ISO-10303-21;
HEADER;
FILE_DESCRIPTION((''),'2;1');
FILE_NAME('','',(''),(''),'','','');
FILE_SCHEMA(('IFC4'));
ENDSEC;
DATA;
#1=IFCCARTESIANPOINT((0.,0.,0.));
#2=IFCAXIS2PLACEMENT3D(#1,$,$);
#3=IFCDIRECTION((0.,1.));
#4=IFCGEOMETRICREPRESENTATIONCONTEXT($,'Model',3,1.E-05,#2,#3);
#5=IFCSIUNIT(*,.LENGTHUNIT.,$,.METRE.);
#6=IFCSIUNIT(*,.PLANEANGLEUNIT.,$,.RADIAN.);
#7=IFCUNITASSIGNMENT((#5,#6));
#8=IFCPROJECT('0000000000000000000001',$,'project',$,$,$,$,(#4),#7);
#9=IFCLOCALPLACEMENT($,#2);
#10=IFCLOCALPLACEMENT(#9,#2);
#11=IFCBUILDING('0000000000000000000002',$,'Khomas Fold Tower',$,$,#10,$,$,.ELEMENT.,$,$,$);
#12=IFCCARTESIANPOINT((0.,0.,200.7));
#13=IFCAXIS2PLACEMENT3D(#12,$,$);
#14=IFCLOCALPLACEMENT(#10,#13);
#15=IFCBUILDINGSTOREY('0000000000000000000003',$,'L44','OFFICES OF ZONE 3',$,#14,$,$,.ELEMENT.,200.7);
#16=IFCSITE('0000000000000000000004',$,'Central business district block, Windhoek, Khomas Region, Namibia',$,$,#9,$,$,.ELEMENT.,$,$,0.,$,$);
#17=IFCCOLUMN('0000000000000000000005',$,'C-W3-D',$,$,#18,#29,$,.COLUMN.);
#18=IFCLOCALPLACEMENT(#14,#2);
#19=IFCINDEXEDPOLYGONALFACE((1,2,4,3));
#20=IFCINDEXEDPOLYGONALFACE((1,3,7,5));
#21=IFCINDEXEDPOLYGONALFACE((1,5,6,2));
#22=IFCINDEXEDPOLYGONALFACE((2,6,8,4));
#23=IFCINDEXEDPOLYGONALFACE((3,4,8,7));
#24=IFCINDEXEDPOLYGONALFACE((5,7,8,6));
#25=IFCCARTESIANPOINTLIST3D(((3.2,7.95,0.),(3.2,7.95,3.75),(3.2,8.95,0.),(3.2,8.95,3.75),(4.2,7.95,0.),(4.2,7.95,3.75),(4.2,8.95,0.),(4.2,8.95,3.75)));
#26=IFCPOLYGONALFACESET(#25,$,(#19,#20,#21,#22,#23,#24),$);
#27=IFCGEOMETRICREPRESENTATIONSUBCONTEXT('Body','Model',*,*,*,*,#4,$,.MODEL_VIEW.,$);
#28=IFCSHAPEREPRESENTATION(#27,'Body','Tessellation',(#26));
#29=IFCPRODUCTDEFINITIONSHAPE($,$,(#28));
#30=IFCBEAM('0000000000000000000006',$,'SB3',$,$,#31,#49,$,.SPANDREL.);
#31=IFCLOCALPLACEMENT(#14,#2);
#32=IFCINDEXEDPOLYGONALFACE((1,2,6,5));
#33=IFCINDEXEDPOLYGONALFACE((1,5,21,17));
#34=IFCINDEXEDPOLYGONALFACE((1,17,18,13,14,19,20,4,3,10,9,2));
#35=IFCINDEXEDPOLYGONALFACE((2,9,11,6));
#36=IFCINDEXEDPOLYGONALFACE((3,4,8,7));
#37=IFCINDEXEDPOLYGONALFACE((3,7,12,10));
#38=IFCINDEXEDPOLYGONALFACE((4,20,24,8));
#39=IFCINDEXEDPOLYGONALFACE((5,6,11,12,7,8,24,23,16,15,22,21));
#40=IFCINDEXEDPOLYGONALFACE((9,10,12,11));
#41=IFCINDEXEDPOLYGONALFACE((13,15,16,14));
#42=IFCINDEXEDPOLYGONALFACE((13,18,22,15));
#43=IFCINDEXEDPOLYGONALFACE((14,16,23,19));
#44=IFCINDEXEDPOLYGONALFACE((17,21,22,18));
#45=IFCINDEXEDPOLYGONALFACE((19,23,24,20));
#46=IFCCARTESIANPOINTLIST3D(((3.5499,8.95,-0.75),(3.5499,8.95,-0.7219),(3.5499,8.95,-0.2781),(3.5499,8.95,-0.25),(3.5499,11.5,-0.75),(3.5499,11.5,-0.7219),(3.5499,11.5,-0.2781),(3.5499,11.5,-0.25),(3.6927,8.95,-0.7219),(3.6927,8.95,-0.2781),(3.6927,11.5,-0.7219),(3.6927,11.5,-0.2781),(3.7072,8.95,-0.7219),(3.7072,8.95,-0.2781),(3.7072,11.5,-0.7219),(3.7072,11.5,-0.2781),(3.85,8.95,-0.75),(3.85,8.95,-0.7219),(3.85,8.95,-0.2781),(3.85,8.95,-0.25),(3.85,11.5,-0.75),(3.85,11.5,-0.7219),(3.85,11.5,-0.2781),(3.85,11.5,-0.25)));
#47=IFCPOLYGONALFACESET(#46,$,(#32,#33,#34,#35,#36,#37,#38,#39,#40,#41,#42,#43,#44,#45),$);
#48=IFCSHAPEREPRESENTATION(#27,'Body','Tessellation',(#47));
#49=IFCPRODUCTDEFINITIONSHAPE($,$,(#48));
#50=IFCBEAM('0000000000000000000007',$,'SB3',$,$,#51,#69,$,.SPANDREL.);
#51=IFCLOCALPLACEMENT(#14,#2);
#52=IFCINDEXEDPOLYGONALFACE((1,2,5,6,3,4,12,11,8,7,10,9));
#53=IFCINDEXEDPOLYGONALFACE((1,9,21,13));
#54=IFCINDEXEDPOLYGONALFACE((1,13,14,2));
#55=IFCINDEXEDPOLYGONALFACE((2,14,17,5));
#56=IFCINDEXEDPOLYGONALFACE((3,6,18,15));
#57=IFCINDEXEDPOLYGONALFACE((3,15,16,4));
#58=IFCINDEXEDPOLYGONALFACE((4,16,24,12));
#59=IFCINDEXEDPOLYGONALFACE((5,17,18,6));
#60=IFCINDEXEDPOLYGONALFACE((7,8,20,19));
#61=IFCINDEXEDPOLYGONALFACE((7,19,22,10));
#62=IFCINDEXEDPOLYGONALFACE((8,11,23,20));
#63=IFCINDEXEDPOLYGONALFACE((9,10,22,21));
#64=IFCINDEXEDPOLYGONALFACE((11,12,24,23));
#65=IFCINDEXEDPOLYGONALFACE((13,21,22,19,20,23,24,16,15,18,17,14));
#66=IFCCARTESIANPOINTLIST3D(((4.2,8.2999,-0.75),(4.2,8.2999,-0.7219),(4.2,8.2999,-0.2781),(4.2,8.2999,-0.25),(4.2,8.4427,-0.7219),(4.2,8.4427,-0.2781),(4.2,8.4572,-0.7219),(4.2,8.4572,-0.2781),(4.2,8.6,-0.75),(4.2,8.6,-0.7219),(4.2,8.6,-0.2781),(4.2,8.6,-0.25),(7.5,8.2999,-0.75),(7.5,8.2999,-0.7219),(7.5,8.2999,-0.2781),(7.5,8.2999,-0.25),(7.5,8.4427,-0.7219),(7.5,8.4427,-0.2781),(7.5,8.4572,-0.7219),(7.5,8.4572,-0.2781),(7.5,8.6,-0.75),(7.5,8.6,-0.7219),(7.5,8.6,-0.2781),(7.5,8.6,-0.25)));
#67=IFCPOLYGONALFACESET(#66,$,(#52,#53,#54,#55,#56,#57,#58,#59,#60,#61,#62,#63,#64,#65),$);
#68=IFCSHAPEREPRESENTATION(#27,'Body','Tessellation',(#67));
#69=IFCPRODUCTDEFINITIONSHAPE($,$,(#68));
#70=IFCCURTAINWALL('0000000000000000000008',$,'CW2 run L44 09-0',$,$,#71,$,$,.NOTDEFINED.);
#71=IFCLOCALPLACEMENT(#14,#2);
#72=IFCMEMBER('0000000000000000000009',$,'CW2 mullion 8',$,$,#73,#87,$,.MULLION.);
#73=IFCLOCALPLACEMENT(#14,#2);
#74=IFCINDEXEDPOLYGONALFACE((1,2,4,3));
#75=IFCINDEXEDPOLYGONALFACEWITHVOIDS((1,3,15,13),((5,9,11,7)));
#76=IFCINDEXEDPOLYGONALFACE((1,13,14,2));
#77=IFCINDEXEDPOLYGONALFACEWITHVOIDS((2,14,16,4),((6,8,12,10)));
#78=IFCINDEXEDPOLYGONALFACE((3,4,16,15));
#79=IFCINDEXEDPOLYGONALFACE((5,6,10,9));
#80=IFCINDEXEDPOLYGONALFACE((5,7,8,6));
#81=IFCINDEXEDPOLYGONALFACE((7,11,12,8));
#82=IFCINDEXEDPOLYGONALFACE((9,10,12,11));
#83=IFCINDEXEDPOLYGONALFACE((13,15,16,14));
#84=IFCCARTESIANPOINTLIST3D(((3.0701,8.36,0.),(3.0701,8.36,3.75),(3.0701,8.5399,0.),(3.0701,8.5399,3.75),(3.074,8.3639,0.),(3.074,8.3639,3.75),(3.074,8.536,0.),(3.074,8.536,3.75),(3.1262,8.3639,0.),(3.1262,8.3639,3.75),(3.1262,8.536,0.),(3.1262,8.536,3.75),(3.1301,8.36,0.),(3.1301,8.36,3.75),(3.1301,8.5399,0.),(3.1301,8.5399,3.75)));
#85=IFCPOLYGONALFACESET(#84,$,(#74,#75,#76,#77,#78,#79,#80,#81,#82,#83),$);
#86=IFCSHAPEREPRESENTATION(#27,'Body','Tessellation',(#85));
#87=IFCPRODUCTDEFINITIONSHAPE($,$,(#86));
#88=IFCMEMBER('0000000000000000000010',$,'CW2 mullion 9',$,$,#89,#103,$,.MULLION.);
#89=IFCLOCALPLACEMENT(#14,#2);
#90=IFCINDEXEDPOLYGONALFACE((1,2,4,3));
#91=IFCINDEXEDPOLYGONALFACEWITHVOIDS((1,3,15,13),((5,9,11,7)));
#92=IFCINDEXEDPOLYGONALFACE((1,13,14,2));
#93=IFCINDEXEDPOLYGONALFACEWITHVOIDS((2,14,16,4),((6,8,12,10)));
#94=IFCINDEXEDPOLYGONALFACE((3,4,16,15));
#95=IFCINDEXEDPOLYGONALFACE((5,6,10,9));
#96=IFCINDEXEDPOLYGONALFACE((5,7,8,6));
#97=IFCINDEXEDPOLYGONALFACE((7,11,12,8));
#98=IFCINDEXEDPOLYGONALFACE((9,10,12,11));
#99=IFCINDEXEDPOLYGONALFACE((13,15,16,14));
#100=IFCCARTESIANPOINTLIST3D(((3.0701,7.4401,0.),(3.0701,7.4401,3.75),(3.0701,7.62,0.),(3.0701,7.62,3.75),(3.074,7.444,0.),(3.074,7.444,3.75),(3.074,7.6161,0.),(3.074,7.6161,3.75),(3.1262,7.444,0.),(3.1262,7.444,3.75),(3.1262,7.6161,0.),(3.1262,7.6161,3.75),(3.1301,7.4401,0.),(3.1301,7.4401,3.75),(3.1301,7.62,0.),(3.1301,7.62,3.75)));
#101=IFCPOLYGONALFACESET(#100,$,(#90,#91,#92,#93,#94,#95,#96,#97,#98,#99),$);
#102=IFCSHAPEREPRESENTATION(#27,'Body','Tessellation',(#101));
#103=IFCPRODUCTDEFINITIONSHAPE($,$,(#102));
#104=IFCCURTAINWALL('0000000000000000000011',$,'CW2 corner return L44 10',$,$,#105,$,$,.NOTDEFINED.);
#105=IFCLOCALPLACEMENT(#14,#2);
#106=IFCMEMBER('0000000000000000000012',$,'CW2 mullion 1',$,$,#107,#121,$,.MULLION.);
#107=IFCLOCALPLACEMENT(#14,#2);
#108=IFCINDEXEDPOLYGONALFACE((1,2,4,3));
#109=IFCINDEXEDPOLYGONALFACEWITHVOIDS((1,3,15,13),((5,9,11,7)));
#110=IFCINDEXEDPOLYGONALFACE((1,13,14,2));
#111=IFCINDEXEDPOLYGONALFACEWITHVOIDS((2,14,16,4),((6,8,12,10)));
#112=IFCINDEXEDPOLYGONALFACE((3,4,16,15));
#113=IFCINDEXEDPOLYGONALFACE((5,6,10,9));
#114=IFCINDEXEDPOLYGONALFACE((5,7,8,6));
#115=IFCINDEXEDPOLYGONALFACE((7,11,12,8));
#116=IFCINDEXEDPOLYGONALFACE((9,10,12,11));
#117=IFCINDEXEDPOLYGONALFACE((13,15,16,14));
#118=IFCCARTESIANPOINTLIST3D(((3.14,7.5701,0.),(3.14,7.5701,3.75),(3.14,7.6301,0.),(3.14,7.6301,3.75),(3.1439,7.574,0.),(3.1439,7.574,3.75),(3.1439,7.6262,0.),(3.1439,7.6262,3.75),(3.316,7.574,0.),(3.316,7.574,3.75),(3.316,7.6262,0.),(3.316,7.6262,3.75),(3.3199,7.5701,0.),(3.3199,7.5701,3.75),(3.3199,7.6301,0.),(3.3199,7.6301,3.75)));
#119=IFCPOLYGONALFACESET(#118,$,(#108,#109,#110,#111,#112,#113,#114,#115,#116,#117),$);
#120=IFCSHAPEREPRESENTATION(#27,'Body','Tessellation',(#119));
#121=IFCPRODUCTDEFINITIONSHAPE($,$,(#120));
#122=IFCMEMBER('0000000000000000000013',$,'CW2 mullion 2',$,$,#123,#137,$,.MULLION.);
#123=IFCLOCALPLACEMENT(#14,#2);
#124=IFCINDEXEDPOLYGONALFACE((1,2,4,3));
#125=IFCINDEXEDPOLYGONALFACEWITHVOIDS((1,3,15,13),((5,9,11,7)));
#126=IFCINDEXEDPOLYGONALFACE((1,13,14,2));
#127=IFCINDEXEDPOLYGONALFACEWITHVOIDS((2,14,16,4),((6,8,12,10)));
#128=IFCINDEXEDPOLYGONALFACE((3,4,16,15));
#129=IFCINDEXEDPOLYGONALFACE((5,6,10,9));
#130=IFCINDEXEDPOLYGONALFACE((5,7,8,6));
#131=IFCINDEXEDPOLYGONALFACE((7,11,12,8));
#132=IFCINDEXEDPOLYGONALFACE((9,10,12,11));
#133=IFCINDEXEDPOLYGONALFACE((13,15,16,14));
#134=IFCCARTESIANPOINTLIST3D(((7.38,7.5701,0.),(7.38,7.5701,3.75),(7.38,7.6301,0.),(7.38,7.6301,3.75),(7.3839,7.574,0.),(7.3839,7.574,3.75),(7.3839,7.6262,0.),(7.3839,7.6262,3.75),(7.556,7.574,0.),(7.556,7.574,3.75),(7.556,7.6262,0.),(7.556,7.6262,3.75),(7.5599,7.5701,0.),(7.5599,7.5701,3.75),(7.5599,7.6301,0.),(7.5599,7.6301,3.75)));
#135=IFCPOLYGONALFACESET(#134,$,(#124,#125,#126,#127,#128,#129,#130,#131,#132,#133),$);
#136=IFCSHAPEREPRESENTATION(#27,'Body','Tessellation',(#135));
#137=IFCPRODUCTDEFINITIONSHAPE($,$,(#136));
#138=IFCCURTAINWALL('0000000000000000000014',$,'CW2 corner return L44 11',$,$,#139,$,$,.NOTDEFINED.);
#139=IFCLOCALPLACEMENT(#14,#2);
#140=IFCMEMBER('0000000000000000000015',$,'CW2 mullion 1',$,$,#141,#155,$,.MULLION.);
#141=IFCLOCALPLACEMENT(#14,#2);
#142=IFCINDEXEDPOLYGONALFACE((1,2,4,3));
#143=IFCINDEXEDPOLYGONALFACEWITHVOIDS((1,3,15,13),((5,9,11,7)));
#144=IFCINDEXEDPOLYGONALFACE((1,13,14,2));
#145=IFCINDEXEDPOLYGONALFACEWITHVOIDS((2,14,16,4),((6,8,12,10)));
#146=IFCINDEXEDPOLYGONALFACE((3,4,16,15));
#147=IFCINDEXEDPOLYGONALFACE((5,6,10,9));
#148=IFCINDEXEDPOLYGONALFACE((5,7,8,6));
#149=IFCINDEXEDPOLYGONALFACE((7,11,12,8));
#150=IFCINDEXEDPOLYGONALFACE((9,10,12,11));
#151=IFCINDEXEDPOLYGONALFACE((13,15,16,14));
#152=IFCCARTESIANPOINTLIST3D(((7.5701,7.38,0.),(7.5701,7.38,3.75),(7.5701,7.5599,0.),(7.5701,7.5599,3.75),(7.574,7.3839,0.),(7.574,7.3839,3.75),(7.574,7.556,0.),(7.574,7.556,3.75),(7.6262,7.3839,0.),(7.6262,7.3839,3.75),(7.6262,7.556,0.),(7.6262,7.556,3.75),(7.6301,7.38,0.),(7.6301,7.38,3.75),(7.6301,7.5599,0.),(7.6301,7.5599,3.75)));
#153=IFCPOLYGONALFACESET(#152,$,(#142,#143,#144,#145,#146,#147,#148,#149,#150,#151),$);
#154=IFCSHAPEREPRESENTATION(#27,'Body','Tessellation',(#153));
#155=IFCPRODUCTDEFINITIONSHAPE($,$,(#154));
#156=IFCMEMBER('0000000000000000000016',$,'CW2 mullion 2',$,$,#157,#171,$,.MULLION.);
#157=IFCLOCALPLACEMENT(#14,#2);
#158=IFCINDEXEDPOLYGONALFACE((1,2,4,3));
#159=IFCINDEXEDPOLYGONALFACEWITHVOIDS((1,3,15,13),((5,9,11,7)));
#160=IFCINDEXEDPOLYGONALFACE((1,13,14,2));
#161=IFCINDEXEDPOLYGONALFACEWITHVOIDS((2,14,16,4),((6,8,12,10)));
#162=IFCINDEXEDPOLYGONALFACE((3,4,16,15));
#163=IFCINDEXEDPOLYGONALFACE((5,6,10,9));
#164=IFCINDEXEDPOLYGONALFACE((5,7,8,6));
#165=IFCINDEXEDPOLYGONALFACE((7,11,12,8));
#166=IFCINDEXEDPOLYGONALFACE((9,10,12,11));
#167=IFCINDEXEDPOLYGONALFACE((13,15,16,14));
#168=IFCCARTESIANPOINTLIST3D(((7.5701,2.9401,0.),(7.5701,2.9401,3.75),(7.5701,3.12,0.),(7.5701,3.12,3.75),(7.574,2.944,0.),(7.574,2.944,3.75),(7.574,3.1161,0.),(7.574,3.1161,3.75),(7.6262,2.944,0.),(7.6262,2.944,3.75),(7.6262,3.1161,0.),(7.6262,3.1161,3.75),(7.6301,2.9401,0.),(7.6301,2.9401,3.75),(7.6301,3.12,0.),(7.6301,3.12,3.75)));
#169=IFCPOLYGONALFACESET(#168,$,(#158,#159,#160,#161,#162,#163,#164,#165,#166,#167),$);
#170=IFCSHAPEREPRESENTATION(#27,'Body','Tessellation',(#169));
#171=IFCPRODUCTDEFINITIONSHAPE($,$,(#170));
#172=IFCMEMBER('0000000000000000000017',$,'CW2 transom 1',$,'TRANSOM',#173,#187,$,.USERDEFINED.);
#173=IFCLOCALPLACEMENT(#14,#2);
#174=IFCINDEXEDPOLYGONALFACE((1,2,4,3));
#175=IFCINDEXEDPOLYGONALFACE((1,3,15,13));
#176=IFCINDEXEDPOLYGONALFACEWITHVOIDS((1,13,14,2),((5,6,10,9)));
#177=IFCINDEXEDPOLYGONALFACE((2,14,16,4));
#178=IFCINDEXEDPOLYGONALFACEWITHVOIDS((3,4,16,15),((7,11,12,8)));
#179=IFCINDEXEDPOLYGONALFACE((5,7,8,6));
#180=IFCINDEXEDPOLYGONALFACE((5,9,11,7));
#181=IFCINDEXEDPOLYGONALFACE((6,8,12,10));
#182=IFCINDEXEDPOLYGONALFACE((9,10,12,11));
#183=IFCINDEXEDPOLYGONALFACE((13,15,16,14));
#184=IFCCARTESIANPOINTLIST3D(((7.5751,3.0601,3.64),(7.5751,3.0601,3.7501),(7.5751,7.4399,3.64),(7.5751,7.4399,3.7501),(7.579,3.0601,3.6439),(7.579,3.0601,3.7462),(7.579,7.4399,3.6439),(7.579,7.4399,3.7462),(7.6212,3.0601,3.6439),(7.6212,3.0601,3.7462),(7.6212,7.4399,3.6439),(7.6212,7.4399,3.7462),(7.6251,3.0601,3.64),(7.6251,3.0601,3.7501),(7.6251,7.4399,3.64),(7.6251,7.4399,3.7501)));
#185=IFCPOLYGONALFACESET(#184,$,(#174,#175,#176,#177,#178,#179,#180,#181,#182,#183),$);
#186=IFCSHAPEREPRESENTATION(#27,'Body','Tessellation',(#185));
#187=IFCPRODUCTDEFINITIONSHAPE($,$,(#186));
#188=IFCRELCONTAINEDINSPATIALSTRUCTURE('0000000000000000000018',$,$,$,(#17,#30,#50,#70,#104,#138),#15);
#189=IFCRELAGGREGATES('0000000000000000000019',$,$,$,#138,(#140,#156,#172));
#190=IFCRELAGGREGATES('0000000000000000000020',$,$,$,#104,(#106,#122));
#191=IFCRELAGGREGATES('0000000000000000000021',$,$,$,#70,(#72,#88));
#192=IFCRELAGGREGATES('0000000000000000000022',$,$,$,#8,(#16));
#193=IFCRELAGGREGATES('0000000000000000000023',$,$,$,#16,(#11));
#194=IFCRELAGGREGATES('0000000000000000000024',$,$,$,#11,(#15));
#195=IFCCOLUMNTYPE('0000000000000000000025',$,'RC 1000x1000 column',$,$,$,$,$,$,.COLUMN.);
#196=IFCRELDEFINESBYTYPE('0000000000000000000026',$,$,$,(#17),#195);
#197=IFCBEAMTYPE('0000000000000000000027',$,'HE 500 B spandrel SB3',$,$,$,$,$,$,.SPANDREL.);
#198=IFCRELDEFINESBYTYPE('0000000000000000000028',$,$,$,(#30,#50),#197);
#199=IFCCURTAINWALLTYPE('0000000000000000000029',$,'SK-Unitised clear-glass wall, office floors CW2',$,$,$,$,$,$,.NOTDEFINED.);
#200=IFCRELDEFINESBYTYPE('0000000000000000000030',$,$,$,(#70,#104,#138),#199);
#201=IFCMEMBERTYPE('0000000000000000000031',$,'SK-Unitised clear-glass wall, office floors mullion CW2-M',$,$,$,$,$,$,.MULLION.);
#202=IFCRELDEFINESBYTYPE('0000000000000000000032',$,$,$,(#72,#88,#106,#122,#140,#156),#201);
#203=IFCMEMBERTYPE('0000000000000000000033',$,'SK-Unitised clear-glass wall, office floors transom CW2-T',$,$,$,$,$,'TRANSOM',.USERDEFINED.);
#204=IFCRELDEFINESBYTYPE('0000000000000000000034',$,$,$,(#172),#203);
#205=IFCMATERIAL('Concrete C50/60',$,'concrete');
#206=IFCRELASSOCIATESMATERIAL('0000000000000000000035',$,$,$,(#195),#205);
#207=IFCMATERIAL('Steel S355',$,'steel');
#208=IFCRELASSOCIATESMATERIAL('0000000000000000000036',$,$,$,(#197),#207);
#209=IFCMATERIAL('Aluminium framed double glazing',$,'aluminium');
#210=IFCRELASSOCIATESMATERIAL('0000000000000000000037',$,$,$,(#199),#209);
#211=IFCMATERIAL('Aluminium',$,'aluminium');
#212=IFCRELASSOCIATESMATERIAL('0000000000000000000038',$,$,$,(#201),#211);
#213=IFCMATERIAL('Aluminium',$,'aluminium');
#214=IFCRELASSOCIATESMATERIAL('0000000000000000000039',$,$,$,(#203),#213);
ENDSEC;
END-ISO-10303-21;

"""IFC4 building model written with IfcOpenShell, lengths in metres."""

from ifc_helpers import new_model, si_unit, direction, frame, origin, origin_2d, place, context, subcontext, project, spatial, rectangle, hollow_rectangle, i_section, extrude, source, transform, mapped, material, material_profile, profile_set, type_object, element, aggregate, save


model = new_model("IFC4")

# Units and contexts
model_context = context("Model", 3, precision=1e-05, world=origin(), true_north=direction((0.0, 1.0)))
body_context = subcontext(model_context, "Body", "Model", "MODEL_VIEW")
ifc_project = project(units=[si_unit("LENGTHUNIT", "METRE"), si_unit("PLANEANGLEUNIT", "RADIAN")], contexts=[model_context])

# Site, building, storey
site_placement = place(None, origin())
site = spatial("IfcSite", under=ifc_project, at=site_placement, Name="Central business district block, Windhoek, Khomas Region, Namibia", CompositionType="ELEMENT", RefElevation=0.0)
building_placement = place(site_placement, origin())
building = spatial("IfcBuilding", under=site, at=building_placement, Name="Khomas Fold Tower", CompositionType="ELEMENT")
storey_placement = place(building_placement, frame((0.0, 0.0, 200.7)))
storey = spatial("IfcBuildingStorey", under=building, at=storey_placement, Name="L44", Description="OFFICES OF ZONE 3", CompositionType="ELEMENT", Elevation=200.7)

# Column
ifc_material_1 = material(Name="Concrete C50/60", Category="concrete")
ifc_material_profile_1 = material_profile(ifc_material_1, rectangle(XDim=1.0, YDim=1.0, at=origin_2d()), Name="RC 1000x1000")
ifc_profile_set_1 = profile_set([ifc_material_profile_1], Name="Concrete C50/60")
column_type = type_object("IfcColumnType", Name="RC 1000x1000 column", PredefinedType="COLUMN", material=ifc_profile_set_1)
shared_shape_1 = source(origin(), body_context, "Body", "SweptSolid", [
    extrude(rectangle(XDim=1.0, YDim=1.0, at=origin_2d()), origin(), (0.0, 0.0, 1.0), 3.75),
])
column_placement = place(storey_placement, frame((3.7, 8.45, 0.0), z_axis=(0.0, 0.0, 1.0), x_axis=(1.0, 0.0, 0.0)))
element("IfcColumn", 1, at=column_placement, inside=storey, type_object=column_type, Name="C-W3-D", PredefinedType="COLUMN", context=body_context, shape_type="MappedRepresentation", body=[
    mapped(shared_shape_1, transform((0.0, 0.0, 0.0))),
])

# Beams
ifc_material_2 = material(Name="Steel S355", Category="steel")
ifc_material_profile_2 = material_profile(ifc_material_2, i_section(OverallWidth=0.3, OverallDepth=0.5, WebThickness=0.0144, FlangeThickness=0.0281, at=origin_2d()), Name="HE 500 B")
ifc_profile_set_2 = profile_set([ifc_material_profile_2], Name="Steel S355")
beam_type = type_object("IfcBeamType", Name="HE 500 B spandrel SB3", PredefinedType="SPANDREL", material=ifc_profile_set_2)
shared_shape_2 = source(origin(), body_context, "Body", "SweptSolid", [
    extrude(i_section(OverallWidth=0.3, OverallDepth=0.5, WebThickness=0.0144, FlangeThickness=0.0281, at=origin_2d()), origin(), (0.0, 0.0, 1.0), 2.55),
])
beam_1_placement = place(storey_placement, frame((3.7, 8.95, -0.5), z_axis=(0.0, 1.0, 0.0), x_axis=(-1.0, 0.0, 0.0)))
element("IfcBeam", 2, at=beam_1_placement, inside=storey, type_object=beam_type, Name="SB3", PredefinedType="SPANDREL", context=body_context, shape_type="MappedRepresentation", body=[
    mapped(shared_shape_2, transform((0.0, 0.0, 0.0))),
])
shared_shape_3 = source(origin(), body_context, "Body", "SweptSolid", [
    extrude(i_section(OverallWidth=0.3, OverallDepth=0.5, WebThickness=0.0144, FlangeThickness=0.0281, at=origin_2d()), origin(), (0.0, 0.0, 1.0), 3.3),
])
beam_2_placement = place(storey_placement, frame((4.2, 8.45, -0.5), z_axis=(1.0, 0.0, 0.0), x_axis=(0.0, 1.0, 0.0)))
element("IfcBeam", 3, at=beam_2_placement, inside=storey, type_object=beam_type, Name="SB3", PredefinedType="SPANDREL", context=body_context, shape_type="MappedRepresentation", body=[
    mapped(shared_shape_3, transform((0.0, 0.0, 0.0))),
])

# Curtain walls, members
ifc_material_3 = material(Name="Aluminium framed double glazing", Category="aluminium")
curtain_wall_type = type_object("IfcCurtainWallType", Name="SK-Unitised clear-glass wall, office floors CW2", PredefinedType="NOTDEFINED", material=ifc_material_3)
curtain_wall_1_placement = place(storey_placement, origin())
curtain_wall_1 = element("IfcCurtainWall", 4, at=curtain_wall_1_placement, inside=storey, type_object=curtain_wall_type, Name="CW2 run L44 09-0", PredefinedType="NOTDEFINED")
ifc_material_4 = material(Name="Aluminium", Category="aluminium")
ifc_material_profile_3 = material_profile(ifc_material_4, hollow_rectangle(XDim=0.0601, YDim=0.1799, WallThickness=0.0039, at=origin_2d()), Name="SK-Unitised clear-glass wall, office floors mullion CW2-M")
ifc_profile_set_3 = profile_set([ifc_material_profile_3], Name="Aluminium")
member_type_1 = type_object("IfcMemberType", Name="SK-Unitised clear-glass wall, office floors mullion CW2-M", PredefinedType="MULLION", material=ifc_profile_set_3)
shared_shape_4 = source(origin(), body_context, "Body", "SweptSolid", [
    extrude(hollow_rectangle(XDim=0.0601, YDim=0.1799, WallThickness=0.0039, at=origin_2d()), origin(), (0.0, 0.0, 1.0), 3.75),
])
member_1_placement = place(storey_placement, frame((3.1001, 8.45, 0.0), z_axis=(0.0, 0.0, 1.0), x_axis=(1.0, 0.0, 0.0)))
member_1 = element("IfcMember", 5, at=member_1_placement, type_object=member_type_1, Name="CW2 mullion 8", PredefinedType="MULLION", context=body_context, shape_type="MappedRepresentation", body=[
    mapped(shared_shape_4, transform((0.0, 0.0, 0.0))),
])
member_2_placement = place(storey_placement, frame((3.1001, 7.53, 0.0), z_axis=(0.0, 0.0, 1.0), x_axis=(1.0, 0.0, 0.0)))
member_2 = element("IfcMember", 6, at=member_2_placement, type_object=member_type_1, Name="CW2 mullion 9", PredefinedType="MULLION", context=body_context, shape_type="MappedRepresentation", body=[
    mapped(shared_shape_4, transform((0.0, 0.0, 0.0))),
])
curtain_wall_2_placement = place(storey_placement, origin())
curtain_wall_2 = element("IfcCurtainWall", 7, at=curtain_wall_2_placement, inside=storey, type_object=curtain_wall_type, Name="CW2 corner return L44 10", PredefinedType="NOTDEFINED")
member_3_placement = place(storey_placement, frame((3.23, 7.6001, 0.0), z_axis=(0.0, 0.0, 1.0), x_axis=(0.0, 1.0, 0.0)))
member_3 = element("IfcMember", 8, at=member_3_placement, type_object=member_type_1, Name="CW2 mullion 1", PredefinedType="MULLION", context=body_context, shape_type="MappedRepresentation", body=[
    mapped(shared_shape_4, transform((0.0, 0.0, 0.0))),
])
member_4_placement = place(storey_placement, frame((7.47, 7.6001, 0.0), z_axis=(0.0, 0.0, 1.0), x_axis=(0.0, 1.0, 0.0)))
member_4 = element("IfcMember", 9, at=member_4_placement, type_object=member_type_1, Name="CW2 mullion 2", PredefinedType="MULLION", context=body_context, shape_type="MappedRepresentation", body=[
    mapped(shared_shape_4, transform((0.0, 0.0, 0.0))),
])
curtain_wall_3_placement = place(storey_placement, origin())
curtain_wall_3 = element("IfcCurtainWall", 10, at=curtain_wall_3_placement, inside=storey, type_object=curtain_wall_type, Name="CW2 corner return L44 11", PredefinedType="NOTDEFINED")
member_5_placement = place(storey_placement, frame((7.6001, 7.47, 0.0), z_axis=(0.0, 0.0, 1.0), x_axis=(1.0, 0.0, 0.0)))
member_5 = element("IfcMember", 11, at=member_5_placement, type_object=member_type_1, Name="CW2 mullion 1", PredefinedType="MULLION", context=body_context, shape_type="MappedRepresentation", body=[
    mapped(shared_shape_4, transform((0.0, 0.0, 0.0))),
])
member_6_placement = place(storey_placement, frame((7.6001, 3.03, 0.0), z_axis=(0.0, 0.0, 1.0), x_axis=(1.0, 0.0, 0.0)))
member_6 = element("IfcMember", 12, at=member_6_placement, type_object=member_type_1, Name="CW2 mullion 2", PredefinedType="MULLION", context=body_context, shape_type="MappedRepresentation", body=[
    mapped(shared_shape_4, transform((0.0, 0.0, 0.0))),
])
ifc_material_5 = material(Name="Aluminium", Category="aluminium")
ifc_material_profile_4 = material_profile(ifc_material_5, hollow_rectangle(XDim=0.05, YDim=0.1101, WallThickness=0.0039, at=origin_2d()), Name="SK-Unitised clear-glass wall, office floors transom CW2-T")
ifc_profile_set_4 = profile_set([ifc_material_profile_4], Name="Aluminium")
member_type_2 = type_object("IfcMemberType", Name="SK-Unitised clear-glass wall, office floors transom CW2-T", ElementType="TRANSOM", PredefinedType="USERDEFINED", material=ifc_profile_set_4)
shared_shape_5 = source(origin(), body_context, "Body", "SweptSolid", [
    extrude(hollow_rectangle(XDim=0.05, YDim=0.1101, WallThickness=0.0039, at=origin_2d()), origin(), (0.0, 0.0, 1.0), 4.3799),
])
member_7_placement = place(storey_placement, frame((7.6001, 7.4399, 3.6951), z_axis=(0.0, -1.0, 0.0), x_axis=(1.0, 0.0, 0.0)))
member_7 = element("IfcMember", 13, at=member_7_placement, type_object=member_type_2, Name="CW2 transom 1", ObjectType="TRANSOM", PredefinedType="USERDEFINED", context=body_context, shape_type="MappedRepresentation", body=[
    mapped(shared_shape_5, transform((0.0, 0.0, 0.0))),
])

aggregate(curtain_wall_3, [member_5, member_6, member_7])
aggregate(curtain_wall_2, [member_3, member_4])
aggregate(curtain_wall_1, [member_1, member_2])

save(model, "model.ifc")
